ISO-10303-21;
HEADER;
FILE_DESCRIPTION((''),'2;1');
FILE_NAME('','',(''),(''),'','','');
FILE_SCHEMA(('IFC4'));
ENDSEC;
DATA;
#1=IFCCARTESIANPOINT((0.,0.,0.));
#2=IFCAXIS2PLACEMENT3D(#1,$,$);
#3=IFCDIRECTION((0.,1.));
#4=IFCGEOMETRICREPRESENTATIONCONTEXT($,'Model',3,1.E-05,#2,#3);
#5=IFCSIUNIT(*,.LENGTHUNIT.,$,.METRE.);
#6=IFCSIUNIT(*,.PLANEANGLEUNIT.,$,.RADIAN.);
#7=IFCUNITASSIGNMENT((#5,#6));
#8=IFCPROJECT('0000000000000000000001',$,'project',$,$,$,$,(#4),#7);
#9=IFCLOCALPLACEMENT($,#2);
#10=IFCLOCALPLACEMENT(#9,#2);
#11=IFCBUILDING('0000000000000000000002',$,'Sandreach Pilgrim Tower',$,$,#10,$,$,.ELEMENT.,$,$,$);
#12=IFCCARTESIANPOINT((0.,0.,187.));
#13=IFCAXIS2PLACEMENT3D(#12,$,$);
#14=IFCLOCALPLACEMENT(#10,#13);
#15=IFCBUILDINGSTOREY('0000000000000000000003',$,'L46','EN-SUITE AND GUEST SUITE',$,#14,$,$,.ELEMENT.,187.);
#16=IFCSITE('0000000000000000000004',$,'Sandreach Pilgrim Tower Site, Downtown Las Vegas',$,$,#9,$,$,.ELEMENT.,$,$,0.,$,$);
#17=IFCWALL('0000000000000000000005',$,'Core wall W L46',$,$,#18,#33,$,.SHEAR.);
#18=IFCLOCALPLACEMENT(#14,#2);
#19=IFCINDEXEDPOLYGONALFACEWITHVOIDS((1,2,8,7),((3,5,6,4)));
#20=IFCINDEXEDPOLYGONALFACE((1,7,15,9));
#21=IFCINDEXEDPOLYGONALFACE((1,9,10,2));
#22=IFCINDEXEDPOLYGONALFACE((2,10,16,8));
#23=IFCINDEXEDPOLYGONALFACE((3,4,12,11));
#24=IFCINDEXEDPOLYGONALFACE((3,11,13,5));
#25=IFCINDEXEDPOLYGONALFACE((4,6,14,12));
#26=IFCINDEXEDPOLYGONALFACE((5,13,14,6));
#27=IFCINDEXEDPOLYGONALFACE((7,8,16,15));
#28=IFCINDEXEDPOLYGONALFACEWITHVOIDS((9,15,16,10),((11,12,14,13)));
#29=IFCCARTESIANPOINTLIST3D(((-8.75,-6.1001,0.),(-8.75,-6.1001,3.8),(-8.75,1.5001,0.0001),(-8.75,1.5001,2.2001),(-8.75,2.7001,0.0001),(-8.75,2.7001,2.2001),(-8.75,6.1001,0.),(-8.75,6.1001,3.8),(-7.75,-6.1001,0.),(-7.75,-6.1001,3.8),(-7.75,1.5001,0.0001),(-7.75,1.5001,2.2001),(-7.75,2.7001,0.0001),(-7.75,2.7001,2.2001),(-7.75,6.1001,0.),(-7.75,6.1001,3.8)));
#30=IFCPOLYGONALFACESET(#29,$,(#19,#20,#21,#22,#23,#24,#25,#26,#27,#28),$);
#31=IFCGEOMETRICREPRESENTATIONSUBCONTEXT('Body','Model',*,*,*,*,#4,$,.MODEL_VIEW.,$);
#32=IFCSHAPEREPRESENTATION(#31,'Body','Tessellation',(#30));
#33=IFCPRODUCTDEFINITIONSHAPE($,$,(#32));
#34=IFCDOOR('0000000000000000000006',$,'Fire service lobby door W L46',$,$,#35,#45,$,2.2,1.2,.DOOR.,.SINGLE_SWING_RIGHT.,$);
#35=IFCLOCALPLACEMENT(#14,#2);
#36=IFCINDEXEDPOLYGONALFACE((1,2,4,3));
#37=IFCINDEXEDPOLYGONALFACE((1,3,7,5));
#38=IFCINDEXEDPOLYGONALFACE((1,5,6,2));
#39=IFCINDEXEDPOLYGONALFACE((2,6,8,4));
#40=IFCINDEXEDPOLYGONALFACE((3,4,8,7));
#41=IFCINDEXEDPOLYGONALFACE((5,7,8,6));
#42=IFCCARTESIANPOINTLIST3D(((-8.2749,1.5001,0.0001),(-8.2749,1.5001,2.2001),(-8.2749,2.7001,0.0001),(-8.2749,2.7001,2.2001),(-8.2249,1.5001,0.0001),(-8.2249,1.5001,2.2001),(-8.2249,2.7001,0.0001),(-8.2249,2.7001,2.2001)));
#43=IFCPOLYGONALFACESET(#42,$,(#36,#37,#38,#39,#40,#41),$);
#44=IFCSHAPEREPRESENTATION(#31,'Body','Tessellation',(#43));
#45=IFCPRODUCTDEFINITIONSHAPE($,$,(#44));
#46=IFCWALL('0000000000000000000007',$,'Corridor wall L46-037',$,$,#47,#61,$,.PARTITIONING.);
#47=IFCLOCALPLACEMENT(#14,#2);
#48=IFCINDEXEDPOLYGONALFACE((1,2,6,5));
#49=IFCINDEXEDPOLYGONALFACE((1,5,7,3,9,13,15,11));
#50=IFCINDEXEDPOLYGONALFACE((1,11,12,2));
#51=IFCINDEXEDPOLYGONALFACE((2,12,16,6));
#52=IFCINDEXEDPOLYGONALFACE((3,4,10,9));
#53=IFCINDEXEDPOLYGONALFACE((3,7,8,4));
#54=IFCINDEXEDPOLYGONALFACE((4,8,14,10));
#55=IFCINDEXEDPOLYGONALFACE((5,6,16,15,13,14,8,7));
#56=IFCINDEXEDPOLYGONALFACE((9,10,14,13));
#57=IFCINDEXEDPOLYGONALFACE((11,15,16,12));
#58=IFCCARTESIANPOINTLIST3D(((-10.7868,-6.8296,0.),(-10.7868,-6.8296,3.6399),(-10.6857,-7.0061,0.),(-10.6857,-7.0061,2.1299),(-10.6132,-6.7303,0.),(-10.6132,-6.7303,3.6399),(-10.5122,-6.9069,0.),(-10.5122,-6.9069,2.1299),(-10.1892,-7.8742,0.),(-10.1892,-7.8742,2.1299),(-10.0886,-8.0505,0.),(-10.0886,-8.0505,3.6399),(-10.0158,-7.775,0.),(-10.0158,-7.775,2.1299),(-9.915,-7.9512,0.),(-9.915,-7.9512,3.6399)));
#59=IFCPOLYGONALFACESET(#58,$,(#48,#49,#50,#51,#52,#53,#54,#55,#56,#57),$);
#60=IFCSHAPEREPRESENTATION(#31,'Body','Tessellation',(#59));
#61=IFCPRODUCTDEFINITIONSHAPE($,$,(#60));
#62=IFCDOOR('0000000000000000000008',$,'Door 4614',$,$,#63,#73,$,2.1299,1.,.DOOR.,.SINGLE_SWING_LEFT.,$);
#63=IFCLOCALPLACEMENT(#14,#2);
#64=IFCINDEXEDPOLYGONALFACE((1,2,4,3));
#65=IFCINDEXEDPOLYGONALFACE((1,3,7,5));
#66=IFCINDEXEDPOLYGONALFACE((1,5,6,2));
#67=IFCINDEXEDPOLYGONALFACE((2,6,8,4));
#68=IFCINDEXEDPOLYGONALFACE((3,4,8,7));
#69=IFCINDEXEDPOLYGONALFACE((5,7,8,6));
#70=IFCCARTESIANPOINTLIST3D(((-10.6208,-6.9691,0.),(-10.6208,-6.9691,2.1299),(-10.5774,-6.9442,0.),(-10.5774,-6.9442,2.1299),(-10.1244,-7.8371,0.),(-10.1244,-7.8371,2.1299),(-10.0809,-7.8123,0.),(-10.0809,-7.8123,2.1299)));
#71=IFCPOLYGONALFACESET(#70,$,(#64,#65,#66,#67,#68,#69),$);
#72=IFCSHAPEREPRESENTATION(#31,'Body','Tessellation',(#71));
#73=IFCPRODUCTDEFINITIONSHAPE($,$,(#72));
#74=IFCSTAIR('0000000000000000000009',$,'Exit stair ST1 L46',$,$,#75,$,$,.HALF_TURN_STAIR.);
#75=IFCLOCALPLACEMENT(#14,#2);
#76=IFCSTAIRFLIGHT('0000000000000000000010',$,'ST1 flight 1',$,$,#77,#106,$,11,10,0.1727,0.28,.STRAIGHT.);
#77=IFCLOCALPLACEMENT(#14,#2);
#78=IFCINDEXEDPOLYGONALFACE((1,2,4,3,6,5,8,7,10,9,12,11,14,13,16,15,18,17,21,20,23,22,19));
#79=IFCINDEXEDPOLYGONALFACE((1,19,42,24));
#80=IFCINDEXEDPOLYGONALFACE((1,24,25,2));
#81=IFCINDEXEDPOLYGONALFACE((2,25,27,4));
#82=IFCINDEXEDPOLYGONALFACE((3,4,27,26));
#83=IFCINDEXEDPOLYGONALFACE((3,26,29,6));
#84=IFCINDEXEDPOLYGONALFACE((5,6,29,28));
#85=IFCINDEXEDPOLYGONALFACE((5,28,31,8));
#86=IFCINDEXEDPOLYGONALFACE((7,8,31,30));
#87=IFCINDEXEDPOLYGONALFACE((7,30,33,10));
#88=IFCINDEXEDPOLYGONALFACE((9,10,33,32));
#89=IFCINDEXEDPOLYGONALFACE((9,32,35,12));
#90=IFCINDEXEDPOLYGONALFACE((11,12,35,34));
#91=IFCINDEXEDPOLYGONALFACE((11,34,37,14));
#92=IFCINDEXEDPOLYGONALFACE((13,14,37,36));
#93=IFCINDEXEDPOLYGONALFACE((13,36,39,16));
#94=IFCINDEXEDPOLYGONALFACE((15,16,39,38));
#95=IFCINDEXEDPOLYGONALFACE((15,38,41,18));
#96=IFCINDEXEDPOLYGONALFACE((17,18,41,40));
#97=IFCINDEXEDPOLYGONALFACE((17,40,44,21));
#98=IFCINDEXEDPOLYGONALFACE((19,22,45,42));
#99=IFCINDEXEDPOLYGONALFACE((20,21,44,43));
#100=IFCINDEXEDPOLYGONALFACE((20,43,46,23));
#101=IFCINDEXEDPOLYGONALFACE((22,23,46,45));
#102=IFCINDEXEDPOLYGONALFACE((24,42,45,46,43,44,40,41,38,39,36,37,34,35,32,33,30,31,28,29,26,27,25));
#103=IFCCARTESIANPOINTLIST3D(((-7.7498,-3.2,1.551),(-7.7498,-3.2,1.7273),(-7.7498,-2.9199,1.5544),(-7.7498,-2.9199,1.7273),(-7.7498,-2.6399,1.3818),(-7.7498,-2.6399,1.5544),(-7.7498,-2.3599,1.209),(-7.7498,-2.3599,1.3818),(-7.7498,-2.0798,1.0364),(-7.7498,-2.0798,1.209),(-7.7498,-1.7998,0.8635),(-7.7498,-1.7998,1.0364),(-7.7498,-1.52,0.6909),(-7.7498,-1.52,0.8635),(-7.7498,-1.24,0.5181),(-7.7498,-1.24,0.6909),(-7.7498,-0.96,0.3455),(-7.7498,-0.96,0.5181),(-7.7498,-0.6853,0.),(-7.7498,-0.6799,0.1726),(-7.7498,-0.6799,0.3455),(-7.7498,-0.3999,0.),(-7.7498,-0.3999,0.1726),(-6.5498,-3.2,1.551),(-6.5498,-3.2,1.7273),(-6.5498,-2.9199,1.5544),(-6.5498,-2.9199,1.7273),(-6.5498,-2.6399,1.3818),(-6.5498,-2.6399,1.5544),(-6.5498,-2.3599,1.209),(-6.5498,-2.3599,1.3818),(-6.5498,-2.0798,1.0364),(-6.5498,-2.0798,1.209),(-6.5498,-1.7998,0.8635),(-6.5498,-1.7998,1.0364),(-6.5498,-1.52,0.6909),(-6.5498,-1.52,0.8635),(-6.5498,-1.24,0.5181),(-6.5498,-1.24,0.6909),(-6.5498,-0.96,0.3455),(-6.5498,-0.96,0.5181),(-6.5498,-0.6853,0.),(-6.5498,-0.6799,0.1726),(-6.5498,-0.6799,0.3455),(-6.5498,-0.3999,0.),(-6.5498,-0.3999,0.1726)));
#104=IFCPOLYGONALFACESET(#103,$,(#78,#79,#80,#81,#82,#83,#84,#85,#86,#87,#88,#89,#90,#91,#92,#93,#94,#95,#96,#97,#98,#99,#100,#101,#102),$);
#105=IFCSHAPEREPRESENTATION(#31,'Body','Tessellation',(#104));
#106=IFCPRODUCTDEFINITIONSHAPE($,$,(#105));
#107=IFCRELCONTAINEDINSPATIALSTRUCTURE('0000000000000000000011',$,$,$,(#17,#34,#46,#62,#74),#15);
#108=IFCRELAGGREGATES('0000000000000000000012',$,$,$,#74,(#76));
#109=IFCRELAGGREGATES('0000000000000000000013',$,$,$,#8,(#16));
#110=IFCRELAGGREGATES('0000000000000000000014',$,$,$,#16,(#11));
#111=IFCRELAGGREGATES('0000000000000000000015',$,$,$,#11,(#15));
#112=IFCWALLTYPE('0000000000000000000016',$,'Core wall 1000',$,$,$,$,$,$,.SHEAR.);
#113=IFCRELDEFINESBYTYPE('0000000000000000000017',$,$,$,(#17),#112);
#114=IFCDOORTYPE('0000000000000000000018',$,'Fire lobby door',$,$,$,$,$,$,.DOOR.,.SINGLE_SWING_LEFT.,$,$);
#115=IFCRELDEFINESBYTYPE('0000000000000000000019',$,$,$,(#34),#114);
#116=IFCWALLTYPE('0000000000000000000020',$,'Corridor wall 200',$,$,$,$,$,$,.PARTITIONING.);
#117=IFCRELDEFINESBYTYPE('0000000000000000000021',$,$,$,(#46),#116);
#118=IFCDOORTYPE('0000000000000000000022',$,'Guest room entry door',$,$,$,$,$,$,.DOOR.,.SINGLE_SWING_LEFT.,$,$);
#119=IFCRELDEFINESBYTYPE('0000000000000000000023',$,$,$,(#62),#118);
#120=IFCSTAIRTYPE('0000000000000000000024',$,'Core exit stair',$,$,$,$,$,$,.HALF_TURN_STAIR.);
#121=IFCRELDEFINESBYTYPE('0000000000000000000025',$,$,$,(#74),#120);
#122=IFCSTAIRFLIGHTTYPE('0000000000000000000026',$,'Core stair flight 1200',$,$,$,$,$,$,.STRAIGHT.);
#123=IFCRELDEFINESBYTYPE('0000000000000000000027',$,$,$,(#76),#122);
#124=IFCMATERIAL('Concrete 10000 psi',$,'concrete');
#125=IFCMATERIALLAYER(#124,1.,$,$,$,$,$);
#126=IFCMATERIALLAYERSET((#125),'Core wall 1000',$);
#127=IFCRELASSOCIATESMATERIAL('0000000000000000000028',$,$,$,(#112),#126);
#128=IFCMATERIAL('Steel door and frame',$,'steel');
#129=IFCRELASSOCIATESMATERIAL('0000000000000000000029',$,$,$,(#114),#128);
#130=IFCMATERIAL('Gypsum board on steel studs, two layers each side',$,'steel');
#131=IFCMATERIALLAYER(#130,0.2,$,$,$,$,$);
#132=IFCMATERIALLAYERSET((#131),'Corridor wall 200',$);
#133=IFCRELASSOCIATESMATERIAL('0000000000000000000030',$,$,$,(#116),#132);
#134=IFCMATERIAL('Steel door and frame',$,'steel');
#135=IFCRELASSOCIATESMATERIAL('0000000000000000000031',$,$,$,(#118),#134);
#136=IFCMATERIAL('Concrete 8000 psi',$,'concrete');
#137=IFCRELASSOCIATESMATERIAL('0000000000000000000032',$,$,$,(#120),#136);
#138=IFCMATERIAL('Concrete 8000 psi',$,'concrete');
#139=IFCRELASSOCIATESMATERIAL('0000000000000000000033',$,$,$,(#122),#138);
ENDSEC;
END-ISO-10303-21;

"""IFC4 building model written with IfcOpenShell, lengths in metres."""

from ifc_helpers import new_model, si_unit, direction, frame, frame_2d, origin, place, context, subcontext, project, spatial, polyline, rectangle, outline, extrude, material, layer, layer_set, type_object, element, fill, aggregate, save


model = new_model("IFC4")

# Units and contexts
model_context = context("Model", 3, precision=1e-05, world=origin(), true_north=direction((0.0, 1.0)))
body_context = subcontext(model_context, "Body", "Model", "MODEL_VIEW")
ifc_project = project(units=[si_unit("LENGTHUNIT", "METRE"), si_unit("PLANEANGLEUNIT", "RADIAN")], contexts=[model_context])

# Site, building, storey
site_placement = place(None, origin())
site = spatial("IfcSite", under=ifc_project, at=site_placement, Name="Sandreach Pilgrim Tower Site, Downtown Las Vegas", CompositionType="ELEMENT", RefElevation=0.0)
building_placement = place(site_placement, origin())
building = spatial("IfcBuilding", under=site, at=building_placement, Name="Sandreach Pilgrim Tower", CompositionType="ELEMENT")
storey_placement = place(building_placement, frame((0.0, 0.0, 187.0)))
storey = spatial("IfcBuildingStorey", under=building, at=storey_placement, Name="L46", Description="EN-SUITE AND GUEST SUITE", CompositionType="ELEMENT", Elevation=187.0)

# Shared definitions
ifc_material_1 = material(Name="Concrete 10000 psi", Category="concrete")
ifc_layer_1 = layer(ifc_material_1, 1.0)
ifc_layer_set_1 = layer_set([ifc_layer_1], Name="Core wall 1000")
wall_type_1 = type_object("IfcWallType", Name="Core wall 1000", PredefinedType="SHEAR", material=ifc_layer_set_1)

# Walls, openings, doors
wall_1_placement = place(storey_placement, frame((-8.25, -6.1001, 0.0), z_axis=(0.0, 0.0, 1.0), x_axis=(0.0, 1.0, 0.0)))
wall_1 = element("IfcWall", 1, at=wall_1_placement, inside=storey, type_object=wall_type_1, Name="Core wall W L46", PredefinedType="SHEAR", context=body_context, shape_type="SweptSolid", body=[
    extrude(rectangle(XDim=12.2002, YDim=1.0, at=frame_2d((6.1001, 0.0))), origin(), (0.0, 0.0, 1.0), 3.8),
])
opening_1_placement = place(wall_1_placement, frame((7.6001, 0.0, 0.0)))
opening_1 = element("IfcOpeningElement", 2, at=opening_1_placement, cuts=wall_1, PredefinedType="OPENING", context=body_context, shape_type="SweptSolid", body=[
    extrude(rectangle(XDim=1.2, YDim=2.2, at=frame_2d((0.6001, 1.1001))), frame((0.0, 0.5, 0.0), z_axis=(0.0, -1.0, 0.0), x_axis=(1.0, 0.0, 0.0)), (0.0, 0.0, 1.0), 1.0),
])
ifc_material_2 = material(Name="Steel door and frame", Category="steel")
door_type_1 = type_object("IfcDoorType", Name="Fire lobby door", OperationType="SINGLE_SWING_LEFT", PredefinedType="DOOR", material=ifc_material_2)
door_1_placement = place(opening_1_placement, origin())
door_1 = element("IfcDoor", 3, at=door_1_placement, inside=storey, type_object=door_type_1, Name="Fire service lobby door W L46", OperationType="SINGLE_SWING_RIGHT", OverallHeight=2.2, OverallWidth=1.2, PredefinedType="DOOR", context=body_context, shape_type="SweptSolid", body=[
    extrude(rectangle(XDim=1.2, YDim=2.2, at=frame_2d((0.6001, 1.1001))), frame((0.0, 0.0249, 0.0), z_axis=(0.0, -1.0, 0.0), x_axis=(1.0, 0.0, 0.0)), (0.0, 0.0, 1.0), 0.05),
])
fill(opening_1, door_1)
ifc_material_3 = material(Name="Gypsum board on steel studs, two layers each side", Category="steel")
ifc_layer_2 = layer(ifc_material_3, 0.2)
ifc_layer_set_2 = layer_set([ifc_layer_2], Name="Corridor wall 200")
wall_type_2 = type_object("IfcWallType", Name="Corridor wall 200", PredefinedType="PARTITIONING", material=ifc_layer_set_2)
wall_2_placement = place(storey_placement, frame((-10.7, -6.78, 0.0), z_axis=(0.0, 0.0, 1.0), x_axis=(0.496438, -0.868072, 0.0)))
wall_2 = element("IfcWall", 4, at=wall_2_placement, inside=storey, type_object=wall_type_2, Name="Corridor wall L46-037", PredefinedType="PARTITIONING", context=body_context, shape_type="SweptSolid", body=[
    extrude(rectangle(XDim=1.4065, YDim=0.2, at=frame_2d((0.7031, 0.0))), origin(), (0.0, 0.0, 1.0), 3.6399),
])
opening_2_placement = place(wall_2_placement, frame((0.2034, 0.0, 0.0)))
opening_2 = element("IfcOpeningElement", 5, at=opening_2_placement, cuts=wall_2, PredefinedType="OPENING", context=body_context, shape_type="SweptSolid", body=[
    extrude(rectangle(XDim=1.0, YDim=2.1299, at=frame_2d((0.5, 1.0649))), frame((0.0, 0.1001, 0.0), z_axis=(0.0, -1.0, 0.0), x_axis=(1.0, 0.0, 0.0)), (0.0, 0.0, 1.0), 0.2),
])
ifc_material_4 = material(Name="Steel door and frame", Category="steel")
door_type_2 = type_object("IfcDoorType", Name="Guest room entry door", OperationType="SINGLE_SWING_LEFT", PredefinedType="DOOR", material=ifc_material_4)
door_2_placement = place(opening_2_placement, origin())
door_2 = element("IfcDoor", 6, at=door_2_placement, inside=storey, type_object=door_type_2, Name="Door 4614", OperationType="SINGLE_SWING_LEFT", OverallHeight=2.1299, OverallWidth=1.0, PredefinedType="DOOR", context=body_context, shape_type="SweptSolid", body=[
    extrude(rectangle(XDim=1.0, YDim=2.1299, at=frame_2d((0.5, 1.0649))), frame((0.0, 0.0249, 0.0), z_axis=(0.0, -1.0, 0.0), x_axis=(1.0, 0.0, 0.0)), (0.0, 0.0, 1.0), 0.05),
])
fill(opening_2, door_2)

# Stair, stair flight
ifc_material_5 = material(Name="Concrete 8000 psi", Category="concrete")
stair_type = type_object("IfcStairType", Name="Core exit stair", PredefinedType="HALF_TURN_STAIR", material=ifc_material_5)
stair_placement = place(storey_placement, origin())
stair = element("IfcStair", 7, at=stair_placement, inside=storey, type_object=stair_type, Name="Exit stair ST1 L46", PredefinedType="HALF_TURN_STAIR")
ifc_material_6 = material(Name="Concrete 8000 psi", Category="concrete")
stair_flight_type = type_object("IfcStairFlightType", Name="Core stair flight 1200", PredefinedType="STRAIGHT", material=ifc_material_6)
stair_flight_placement = place(storey_placement, frame((-7.1499, -0.3999, 0.0), z_axis=(0.0, 0.0, 1.0), x_axis=(0.0, -1.0, 0.0)))
stair_flight = element("IfcStairFlight", 8, at=stair_flight_placement, type_object=stair_flight_type, Name="ST1 flight 1", NumberOfRisers=11, NumberOfTreads=10, PredefinedType="STRAIGHT", RiserHeight=0.1727, TreadLength=0.28, context=body_context, shape_type="SweptSolid", body=[
    extrude(outline(polyline([(0.0, 0.0), (0.0, 0.1726), (0.28, 0.1726), (0.28, 0.3455), (0.5601, 0.3455), (0.5601, 0.5181), (0.8401, 0.5181), (0.8401, 0.6909), (1.1201, 0.6909), (1.1201, 0.8635), (1.3999, 0.8635), (1.3999, 1.0364), (1.6799, 1.0364), (1.6799, 1.209), (1.96, 1.209), (1.96, 1.3818), (2.24, 1.3818), (2.24, 1.5544), (2.52, 1.5544), (2.52, 1.7273), (2.8, 1.7273), (2.8, 1.8999), (2.8, 1.551), (0.2854, 0.0), (0.0, 0.0)])), frame((0.0, 0.6001, 0.0), z_axis=(0.0, -1.0, 0.0), x_axis=(1.0, 0.0, 0.0)), (0.0, 0.0, 1.0), 1.2),
])
aggregate(stair, [stair_flight])

save(model, "model.ifc")
